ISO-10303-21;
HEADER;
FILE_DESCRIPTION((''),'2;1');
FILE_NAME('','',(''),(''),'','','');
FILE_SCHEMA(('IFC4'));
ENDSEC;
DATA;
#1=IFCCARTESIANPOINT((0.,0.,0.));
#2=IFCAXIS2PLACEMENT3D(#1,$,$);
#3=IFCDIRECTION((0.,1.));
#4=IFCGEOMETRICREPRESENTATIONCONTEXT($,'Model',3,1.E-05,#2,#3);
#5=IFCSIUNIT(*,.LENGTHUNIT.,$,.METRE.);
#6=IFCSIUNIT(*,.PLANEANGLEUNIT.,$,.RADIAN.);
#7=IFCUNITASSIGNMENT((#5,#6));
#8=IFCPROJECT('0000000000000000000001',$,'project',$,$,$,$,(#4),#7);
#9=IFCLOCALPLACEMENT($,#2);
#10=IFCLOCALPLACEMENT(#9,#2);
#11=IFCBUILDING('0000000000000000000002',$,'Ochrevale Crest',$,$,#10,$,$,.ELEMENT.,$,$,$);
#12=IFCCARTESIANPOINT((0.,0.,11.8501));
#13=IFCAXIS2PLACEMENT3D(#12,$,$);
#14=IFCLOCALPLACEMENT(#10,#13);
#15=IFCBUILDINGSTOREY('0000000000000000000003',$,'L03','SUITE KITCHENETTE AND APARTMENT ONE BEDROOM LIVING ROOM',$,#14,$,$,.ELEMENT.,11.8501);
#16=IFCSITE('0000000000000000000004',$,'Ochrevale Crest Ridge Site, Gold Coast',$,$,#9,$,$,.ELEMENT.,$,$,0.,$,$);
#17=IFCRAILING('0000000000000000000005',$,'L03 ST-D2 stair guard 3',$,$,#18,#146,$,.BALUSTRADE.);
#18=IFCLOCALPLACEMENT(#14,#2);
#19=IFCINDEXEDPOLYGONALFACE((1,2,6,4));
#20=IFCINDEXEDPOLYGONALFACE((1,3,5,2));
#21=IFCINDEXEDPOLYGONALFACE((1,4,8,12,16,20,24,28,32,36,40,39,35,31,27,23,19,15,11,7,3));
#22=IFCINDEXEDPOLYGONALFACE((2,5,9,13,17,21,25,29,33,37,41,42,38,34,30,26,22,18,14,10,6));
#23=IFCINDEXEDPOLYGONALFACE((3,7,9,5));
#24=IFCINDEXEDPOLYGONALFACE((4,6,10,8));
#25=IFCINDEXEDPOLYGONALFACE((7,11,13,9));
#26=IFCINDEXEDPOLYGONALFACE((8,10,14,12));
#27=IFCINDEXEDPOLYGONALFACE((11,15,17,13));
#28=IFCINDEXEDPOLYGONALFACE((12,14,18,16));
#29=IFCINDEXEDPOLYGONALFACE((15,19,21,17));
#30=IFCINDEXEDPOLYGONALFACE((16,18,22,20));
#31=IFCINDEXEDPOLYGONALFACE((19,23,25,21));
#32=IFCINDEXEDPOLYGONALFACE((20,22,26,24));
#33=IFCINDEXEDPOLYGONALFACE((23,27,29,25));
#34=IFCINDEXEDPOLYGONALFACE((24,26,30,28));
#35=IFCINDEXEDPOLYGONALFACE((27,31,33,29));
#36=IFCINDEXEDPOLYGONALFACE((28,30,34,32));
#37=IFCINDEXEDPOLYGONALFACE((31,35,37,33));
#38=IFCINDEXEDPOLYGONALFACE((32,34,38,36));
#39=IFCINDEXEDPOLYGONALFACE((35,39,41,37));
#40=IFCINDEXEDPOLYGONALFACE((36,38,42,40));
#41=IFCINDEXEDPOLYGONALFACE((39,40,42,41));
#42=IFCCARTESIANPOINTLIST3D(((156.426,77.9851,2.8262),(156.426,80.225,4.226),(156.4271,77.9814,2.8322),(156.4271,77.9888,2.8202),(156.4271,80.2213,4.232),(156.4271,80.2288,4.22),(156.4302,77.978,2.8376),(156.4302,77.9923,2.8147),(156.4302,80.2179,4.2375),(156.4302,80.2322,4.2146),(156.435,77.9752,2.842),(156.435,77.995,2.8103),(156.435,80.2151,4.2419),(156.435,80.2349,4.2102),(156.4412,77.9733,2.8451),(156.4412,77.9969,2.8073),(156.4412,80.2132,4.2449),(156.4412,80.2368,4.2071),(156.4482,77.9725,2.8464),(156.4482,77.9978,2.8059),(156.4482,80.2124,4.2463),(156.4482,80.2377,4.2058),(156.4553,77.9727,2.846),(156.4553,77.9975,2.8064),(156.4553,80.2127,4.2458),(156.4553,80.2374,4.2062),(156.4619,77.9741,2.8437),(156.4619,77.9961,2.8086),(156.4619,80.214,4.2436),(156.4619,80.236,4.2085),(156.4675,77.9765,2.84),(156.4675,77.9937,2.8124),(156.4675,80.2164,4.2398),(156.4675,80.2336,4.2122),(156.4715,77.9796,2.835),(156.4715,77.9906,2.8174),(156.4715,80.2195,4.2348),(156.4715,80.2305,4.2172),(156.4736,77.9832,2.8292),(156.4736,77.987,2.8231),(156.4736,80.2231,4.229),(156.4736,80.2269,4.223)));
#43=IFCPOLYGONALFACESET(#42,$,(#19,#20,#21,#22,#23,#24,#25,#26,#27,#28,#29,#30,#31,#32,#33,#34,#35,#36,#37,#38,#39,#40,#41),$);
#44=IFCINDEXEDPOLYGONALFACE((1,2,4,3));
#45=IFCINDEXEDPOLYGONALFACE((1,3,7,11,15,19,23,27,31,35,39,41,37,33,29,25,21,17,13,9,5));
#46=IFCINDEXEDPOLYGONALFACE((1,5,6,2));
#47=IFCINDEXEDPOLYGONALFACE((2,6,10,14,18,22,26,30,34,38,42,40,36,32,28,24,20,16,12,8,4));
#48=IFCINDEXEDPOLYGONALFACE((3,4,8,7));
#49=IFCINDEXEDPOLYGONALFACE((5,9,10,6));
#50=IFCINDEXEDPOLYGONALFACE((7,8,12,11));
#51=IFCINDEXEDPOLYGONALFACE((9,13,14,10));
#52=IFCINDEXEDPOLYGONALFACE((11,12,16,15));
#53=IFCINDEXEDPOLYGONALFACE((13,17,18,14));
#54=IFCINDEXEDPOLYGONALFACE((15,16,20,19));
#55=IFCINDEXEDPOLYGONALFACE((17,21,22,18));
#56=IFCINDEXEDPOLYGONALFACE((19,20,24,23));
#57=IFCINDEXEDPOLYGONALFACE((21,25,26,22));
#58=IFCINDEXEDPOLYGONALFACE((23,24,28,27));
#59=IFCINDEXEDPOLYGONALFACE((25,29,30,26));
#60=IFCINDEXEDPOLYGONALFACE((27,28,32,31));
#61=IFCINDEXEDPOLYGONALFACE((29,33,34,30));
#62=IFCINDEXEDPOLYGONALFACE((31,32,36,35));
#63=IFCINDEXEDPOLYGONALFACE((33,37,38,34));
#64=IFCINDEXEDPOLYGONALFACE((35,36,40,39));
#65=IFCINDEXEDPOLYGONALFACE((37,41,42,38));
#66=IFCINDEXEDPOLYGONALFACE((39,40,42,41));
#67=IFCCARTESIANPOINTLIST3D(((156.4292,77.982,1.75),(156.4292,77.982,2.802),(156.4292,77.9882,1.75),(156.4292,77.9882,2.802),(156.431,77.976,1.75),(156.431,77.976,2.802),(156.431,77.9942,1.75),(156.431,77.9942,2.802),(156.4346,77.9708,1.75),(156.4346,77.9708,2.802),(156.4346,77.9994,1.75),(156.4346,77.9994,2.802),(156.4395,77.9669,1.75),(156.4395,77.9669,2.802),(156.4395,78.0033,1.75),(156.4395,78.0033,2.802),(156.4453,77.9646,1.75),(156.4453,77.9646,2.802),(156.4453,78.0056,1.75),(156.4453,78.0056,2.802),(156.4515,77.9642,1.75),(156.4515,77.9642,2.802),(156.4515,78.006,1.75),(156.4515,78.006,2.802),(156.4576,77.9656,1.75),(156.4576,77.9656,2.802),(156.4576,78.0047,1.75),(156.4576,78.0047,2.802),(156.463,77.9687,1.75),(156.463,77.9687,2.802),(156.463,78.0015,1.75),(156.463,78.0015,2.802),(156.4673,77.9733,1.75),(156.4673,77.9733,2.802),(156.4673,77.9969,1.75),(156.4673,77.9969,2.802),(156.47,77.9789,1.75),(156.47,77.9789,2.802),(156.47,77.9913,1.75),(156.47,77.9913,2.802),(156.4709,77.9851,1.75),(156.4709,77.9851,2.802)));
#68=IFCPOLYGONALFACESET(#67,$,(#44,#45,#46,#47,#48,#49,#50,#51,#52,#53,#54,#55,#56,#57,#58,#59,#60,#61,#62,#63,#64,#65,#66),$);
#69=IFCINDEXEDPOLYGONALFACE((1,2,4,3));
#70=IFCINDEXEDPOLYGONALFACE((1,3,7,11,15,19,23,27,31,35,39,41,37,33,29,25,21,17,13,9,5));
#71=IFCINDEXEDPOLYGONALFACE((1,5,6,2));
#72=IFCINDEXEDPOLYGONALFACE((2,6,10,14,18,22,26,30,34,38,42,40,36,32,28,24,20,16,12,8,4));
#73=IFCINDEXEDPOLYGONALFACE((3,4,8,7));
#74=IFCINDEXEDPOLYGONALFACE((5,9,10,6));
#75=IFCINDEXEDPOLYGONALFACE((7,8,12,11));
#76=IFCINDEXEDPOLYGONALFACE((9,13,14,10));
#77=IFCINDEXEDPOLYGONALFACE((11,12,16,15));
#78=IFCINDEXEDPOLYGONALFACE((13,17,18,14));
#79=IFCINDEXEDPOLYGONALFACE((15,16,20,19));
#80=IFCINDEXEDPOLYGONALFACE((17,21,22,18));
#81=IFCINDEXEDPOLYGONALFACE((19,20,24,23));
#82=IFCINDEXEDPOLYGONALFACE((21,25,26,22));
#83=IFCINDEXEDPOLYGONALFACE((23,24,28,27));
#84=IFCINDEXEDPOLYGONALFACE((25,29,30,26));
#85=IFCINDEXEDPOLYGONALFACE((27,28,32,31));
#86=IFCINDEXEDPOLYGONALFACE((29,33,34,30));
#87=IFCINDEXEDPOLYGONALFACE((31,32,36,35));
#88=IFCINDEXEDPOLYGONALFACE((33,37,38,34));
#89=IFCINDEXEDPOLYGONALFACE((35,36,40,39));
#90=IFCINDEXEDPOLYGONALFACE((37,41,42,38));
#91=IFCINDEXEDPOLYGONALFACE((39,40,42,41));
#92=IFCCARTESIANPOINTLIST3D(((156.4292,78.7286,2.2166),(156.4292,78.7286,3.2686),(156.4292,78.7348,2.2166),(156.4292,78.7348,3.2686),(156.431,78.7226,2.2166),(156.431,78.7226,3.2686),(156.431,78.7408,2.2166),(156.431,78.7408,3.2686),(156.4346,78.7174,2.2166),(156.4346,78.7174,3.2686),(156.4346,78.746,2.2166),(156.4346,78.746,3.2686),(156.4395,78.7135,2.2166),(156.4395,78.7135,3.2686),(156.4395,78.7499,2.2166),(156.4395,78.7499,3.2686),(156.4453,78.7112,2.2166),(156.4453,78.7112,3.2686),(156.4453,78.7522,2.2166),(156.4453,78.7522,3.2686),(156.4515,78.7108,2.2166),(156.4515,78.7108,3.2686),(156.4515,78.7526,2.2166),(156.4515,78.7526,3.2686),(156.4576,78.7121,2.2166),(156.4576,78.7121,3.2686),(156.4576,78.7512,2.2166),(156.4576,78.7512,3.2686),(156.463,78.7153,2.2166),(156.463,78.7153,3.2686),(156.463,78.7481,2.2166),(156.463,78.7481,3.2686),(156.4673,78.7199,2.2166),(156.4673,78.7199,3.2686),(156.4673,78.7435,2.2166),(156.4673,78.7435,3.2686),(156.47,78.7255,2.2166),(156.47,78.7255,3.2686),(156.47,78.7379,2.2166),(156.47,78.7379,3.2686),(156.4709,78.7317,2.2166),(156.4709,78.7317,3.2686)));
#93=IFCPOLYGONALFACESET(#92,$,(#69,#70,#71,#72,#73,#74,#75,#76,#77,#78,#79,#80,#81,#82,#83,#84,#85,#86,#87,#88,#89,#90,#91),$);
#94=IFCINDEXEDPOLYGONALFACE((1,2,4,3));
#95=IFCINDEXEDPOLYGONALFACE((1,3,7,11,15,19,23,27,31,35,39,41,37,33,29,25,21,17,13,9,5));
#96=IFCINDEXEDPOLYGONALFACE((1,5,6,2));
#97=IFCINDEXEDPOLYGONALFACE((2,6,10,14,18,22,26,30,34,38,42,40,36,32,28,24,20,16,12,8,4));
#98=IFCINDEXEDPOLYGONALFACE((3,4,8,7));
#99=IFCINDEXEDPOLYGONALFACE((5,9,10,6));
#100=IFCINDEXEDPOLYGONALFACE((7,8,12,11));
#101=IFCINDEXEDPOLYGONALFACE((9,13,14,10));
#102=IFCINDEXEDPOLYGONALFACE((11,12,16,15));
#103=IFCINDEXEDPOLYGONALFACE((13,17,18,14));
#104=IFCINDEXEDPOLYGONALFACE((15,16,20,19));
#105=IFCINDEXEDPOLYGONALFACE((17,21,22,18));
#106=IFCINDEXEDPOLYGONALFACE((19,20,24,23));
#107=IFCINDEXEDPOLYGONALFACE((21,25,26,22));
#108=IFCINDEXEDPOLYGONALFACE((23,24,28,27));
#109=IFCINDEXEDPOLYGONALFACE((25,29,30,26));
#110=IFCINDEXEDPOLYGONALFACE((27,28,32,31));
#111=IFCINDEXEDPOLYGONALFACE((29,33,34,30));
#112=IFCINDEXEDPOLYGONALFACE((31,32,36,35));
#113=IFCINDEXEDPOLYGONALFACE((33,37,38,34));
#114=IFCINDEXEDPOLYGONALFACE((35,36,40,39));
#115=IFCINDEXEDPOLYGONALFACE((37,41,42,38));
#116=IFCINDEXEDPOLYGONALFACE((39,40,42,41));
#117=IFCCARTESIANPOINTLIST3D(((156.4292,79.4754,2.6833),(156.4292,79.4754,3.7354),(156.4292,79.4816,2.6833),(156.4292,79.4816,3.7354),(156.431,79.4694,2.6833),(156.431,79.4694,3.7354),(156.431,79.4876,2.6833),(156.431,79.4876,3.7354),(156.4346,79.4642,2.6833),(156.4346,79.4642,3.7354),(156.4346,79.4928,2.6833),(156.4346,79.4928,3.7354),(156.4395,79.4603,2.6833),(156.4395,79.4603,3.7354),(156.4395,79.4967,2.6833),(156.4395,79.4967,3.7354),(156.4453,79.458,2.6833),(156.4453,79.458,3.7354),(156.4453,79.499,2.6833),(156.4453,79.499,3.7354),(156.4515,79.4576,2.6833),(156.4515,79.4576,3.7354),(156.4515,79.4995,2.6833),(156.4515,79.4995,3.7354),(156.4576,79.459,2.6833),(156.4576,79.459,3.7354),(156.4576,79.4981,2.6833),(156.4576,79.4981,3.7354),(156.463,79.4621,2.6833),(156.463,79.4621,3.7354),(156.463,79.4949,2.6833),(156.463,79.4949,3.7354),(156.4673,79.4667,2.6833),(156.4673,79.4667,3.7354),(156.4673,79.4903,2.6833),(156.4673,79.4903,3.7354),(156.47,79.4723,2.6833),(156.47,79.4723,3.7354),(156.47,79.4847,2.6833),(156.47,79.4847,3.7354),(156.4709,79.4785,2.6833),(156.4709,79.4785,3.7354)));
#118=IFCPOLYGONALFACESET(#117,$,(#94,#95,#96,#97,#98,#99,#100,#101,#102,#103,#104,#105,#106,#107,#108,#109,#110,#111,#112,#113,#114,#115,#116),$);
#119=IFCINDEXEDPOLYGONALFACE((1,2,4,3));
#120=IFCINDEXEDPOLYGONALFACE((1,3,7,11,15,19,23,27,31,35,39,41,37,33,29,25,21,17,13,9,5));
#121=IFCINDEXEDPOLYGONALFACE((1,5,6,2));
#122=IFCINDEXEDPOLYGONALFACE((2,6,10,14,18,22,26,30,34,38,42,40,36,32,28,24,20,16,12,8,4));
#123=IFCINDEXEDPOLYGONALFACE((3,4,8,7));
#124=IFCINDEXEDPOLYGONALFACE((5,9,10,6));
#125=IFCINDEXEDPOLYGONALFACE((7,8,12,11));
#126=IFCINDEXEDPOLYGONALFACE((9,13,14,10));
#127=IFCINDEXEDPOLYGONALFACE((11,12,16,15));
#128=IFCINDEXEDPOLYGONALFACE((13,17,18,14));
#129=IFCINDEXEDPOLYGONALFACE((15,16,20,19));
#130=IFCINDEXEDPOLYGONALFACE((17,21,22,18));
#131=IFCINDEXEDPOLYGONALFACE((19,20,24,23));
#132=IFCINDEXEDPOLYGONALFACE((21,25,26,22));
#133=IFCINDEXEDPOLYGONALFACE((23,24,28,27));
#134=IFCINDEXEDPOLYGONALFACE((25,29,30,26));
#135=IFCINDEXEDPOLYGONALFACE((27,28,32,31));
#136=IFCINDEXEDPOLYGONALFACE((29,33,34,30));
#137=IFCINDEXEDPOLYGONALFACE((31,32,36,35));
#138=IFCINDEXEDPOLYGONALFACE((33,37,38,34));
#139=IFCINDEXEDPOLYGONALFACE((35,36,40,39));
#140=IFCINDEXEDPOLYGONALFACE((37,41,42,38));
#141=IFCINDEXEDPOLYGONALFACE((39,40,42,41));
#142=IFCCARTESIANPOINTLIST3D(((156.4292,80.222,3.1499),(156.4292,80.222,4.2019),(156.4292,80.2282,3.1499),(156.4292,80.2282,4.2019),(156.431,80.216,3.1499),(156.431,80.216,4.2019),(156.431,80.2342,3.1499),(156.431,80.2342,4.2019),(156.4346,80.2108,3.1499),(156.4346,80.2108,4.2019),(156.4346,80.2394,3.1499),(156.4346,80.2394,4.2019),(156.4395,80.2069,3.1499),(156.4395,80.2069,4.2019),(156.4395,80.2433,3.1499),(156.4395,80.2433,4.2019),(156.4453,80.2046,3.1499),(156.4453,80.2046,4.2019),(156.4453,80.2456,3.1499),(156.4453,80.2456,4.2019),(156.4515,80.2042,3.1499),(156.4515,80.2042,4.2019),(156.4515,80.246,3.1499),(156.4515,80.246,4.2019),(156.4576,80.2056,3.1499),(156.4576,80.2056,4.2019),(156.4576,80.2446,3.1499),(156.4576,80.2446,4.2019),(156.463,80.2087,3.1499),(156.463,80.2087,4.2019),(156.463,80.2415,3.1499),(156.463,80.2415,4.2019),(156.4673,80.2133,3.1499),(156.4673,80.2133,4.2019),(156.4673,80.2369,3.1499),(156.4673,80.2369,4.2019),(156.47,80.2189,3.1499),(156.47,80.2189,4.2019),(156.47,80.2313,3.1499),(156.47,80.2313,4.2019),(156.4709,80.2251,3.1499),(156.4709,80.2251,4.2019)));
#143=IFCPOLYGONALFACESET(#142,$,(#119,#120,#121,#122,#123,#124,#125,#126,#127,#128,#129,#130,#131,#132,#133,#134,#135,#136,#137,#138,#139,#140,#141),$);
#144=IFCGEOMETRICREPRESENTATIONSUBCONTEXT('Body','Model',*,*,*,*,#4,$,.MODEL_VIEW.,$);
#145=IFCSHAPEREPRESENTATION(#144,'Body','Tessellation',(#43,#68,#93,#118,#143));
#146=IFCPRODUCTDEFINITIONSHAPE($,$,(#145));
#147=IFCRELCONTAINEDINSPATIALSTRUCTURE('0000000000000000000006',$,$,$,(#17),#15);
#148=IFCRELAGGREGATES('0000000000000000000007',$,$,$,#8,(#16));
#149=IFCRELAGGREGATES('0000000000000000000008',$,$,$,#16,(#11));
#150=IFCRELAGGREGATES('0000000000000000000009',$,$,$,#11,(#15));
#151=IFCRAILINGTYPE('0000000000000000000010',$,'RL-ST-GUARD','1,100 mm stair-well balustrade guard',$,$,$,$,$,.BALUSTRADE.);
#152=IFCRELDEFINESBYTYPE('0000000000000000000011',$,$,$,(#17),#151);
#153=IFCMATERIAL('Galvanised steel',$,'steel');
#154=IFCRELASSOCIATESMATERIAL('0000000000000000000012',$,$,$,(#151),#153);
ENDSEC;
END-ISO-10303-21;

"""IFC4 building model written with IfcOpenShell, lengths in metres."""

from ifc_helpers import new_model, si_unit, direction, frame, origin, origin_2d, place, context, subcontext, project, spatial, circle, extrude, material, type_object, element, save


model = new_model("IFC4")

# Units and contexts
model_context = context("Model", 3, precision=1e-05, world=origin(), true_north=direction((0.0, 1.0)))
body_context = subcontext(model_context, "Body", "Model", "MODEL_VIEW")
ifc_project = project(units=[si_unit("LENGTHUNIT", "METRE"), si_unit("PLANEANGLEUNIT", "RADIAN")], contexts=[model_context])

# Site, building, storey
site_placement = place(None, origin())
site = spatial("IfcSite", under=ifc_project, at=site_placement, Name="Ochrevale Crest Ridge Site, Gold Coast", CompositionType="ELEMENT", RefElevation=0.0)
building_placement = place(site_placement, origin())
building = spatial("IfcBuilding", under=site, at=building_placement, Name="Ochrevale Crest", CompositionType="ELEMENT")
storey_placement = place(building_placement, frame((0.0, 0.0, 11.8501)))
storey = spatial("IfcBuildingStorey", under=building, at=storey_placement, Name="L03", Description="SUITE KITCHENETTE AND APARTMENT ONE BEDROOM LIVING ROOM", CompositionType="ELEMENT", Elevation=11.8501)

# Railing
ifc_material_1 = material(Name="Galvanised steel", Category="steel")
railing_type_1 = type_object("IfcRailingType", Name="RL-ST-GUARD", Description="1,100 mm stair-well balustrade guard", PredefinedType="BALUSTRADE", material=ifc_material_1)
railing_1_placement = place(storey_placement, frame((156.45, 77.9851, 1.75)))
element("IfcRailing", 1, at=railing_1_placement, inside=storey, type_object=railing_type_1, Name="L03 ST-D2 stair guard 3", PredefinedType="BALUSTRADE", context=body_context, shape_type="SweptSolid", body=[
    extrude(circle(Radius=0.0239, at=origin_2d()), frame((0.0, 0.0, 1.0762), z_axis=(0.0, 0.848014, 0.529974), x_axis=(-1.0, 0.0, 0.0)), (0.0, 0.0, 1.0), 2.6414),
    extrude(circle(Radius=0.021, at=origin_2d()), origin(), (0.0, 0.0, 1.0), 1.052),
    extrude(circle(Radius=0.021, at=origin_2d()), frame((0.0, 0.7466, 0.4666)), (0.0, 0.0, 1.0), 1.052),
    extrude(circle(Radius=0.021, at=origin_2d()), frame((0.0, 1.4934, 0.9333)), (0.0, 0.0, 1.0), 1.052),
    extrude(circle(Radius=0.021, at=origin_2d()), frame((0.0, 2.24, 1.3999)), (0.0, 0.0, 1.0), 1.052),
])

save(model, "model.ifc")
